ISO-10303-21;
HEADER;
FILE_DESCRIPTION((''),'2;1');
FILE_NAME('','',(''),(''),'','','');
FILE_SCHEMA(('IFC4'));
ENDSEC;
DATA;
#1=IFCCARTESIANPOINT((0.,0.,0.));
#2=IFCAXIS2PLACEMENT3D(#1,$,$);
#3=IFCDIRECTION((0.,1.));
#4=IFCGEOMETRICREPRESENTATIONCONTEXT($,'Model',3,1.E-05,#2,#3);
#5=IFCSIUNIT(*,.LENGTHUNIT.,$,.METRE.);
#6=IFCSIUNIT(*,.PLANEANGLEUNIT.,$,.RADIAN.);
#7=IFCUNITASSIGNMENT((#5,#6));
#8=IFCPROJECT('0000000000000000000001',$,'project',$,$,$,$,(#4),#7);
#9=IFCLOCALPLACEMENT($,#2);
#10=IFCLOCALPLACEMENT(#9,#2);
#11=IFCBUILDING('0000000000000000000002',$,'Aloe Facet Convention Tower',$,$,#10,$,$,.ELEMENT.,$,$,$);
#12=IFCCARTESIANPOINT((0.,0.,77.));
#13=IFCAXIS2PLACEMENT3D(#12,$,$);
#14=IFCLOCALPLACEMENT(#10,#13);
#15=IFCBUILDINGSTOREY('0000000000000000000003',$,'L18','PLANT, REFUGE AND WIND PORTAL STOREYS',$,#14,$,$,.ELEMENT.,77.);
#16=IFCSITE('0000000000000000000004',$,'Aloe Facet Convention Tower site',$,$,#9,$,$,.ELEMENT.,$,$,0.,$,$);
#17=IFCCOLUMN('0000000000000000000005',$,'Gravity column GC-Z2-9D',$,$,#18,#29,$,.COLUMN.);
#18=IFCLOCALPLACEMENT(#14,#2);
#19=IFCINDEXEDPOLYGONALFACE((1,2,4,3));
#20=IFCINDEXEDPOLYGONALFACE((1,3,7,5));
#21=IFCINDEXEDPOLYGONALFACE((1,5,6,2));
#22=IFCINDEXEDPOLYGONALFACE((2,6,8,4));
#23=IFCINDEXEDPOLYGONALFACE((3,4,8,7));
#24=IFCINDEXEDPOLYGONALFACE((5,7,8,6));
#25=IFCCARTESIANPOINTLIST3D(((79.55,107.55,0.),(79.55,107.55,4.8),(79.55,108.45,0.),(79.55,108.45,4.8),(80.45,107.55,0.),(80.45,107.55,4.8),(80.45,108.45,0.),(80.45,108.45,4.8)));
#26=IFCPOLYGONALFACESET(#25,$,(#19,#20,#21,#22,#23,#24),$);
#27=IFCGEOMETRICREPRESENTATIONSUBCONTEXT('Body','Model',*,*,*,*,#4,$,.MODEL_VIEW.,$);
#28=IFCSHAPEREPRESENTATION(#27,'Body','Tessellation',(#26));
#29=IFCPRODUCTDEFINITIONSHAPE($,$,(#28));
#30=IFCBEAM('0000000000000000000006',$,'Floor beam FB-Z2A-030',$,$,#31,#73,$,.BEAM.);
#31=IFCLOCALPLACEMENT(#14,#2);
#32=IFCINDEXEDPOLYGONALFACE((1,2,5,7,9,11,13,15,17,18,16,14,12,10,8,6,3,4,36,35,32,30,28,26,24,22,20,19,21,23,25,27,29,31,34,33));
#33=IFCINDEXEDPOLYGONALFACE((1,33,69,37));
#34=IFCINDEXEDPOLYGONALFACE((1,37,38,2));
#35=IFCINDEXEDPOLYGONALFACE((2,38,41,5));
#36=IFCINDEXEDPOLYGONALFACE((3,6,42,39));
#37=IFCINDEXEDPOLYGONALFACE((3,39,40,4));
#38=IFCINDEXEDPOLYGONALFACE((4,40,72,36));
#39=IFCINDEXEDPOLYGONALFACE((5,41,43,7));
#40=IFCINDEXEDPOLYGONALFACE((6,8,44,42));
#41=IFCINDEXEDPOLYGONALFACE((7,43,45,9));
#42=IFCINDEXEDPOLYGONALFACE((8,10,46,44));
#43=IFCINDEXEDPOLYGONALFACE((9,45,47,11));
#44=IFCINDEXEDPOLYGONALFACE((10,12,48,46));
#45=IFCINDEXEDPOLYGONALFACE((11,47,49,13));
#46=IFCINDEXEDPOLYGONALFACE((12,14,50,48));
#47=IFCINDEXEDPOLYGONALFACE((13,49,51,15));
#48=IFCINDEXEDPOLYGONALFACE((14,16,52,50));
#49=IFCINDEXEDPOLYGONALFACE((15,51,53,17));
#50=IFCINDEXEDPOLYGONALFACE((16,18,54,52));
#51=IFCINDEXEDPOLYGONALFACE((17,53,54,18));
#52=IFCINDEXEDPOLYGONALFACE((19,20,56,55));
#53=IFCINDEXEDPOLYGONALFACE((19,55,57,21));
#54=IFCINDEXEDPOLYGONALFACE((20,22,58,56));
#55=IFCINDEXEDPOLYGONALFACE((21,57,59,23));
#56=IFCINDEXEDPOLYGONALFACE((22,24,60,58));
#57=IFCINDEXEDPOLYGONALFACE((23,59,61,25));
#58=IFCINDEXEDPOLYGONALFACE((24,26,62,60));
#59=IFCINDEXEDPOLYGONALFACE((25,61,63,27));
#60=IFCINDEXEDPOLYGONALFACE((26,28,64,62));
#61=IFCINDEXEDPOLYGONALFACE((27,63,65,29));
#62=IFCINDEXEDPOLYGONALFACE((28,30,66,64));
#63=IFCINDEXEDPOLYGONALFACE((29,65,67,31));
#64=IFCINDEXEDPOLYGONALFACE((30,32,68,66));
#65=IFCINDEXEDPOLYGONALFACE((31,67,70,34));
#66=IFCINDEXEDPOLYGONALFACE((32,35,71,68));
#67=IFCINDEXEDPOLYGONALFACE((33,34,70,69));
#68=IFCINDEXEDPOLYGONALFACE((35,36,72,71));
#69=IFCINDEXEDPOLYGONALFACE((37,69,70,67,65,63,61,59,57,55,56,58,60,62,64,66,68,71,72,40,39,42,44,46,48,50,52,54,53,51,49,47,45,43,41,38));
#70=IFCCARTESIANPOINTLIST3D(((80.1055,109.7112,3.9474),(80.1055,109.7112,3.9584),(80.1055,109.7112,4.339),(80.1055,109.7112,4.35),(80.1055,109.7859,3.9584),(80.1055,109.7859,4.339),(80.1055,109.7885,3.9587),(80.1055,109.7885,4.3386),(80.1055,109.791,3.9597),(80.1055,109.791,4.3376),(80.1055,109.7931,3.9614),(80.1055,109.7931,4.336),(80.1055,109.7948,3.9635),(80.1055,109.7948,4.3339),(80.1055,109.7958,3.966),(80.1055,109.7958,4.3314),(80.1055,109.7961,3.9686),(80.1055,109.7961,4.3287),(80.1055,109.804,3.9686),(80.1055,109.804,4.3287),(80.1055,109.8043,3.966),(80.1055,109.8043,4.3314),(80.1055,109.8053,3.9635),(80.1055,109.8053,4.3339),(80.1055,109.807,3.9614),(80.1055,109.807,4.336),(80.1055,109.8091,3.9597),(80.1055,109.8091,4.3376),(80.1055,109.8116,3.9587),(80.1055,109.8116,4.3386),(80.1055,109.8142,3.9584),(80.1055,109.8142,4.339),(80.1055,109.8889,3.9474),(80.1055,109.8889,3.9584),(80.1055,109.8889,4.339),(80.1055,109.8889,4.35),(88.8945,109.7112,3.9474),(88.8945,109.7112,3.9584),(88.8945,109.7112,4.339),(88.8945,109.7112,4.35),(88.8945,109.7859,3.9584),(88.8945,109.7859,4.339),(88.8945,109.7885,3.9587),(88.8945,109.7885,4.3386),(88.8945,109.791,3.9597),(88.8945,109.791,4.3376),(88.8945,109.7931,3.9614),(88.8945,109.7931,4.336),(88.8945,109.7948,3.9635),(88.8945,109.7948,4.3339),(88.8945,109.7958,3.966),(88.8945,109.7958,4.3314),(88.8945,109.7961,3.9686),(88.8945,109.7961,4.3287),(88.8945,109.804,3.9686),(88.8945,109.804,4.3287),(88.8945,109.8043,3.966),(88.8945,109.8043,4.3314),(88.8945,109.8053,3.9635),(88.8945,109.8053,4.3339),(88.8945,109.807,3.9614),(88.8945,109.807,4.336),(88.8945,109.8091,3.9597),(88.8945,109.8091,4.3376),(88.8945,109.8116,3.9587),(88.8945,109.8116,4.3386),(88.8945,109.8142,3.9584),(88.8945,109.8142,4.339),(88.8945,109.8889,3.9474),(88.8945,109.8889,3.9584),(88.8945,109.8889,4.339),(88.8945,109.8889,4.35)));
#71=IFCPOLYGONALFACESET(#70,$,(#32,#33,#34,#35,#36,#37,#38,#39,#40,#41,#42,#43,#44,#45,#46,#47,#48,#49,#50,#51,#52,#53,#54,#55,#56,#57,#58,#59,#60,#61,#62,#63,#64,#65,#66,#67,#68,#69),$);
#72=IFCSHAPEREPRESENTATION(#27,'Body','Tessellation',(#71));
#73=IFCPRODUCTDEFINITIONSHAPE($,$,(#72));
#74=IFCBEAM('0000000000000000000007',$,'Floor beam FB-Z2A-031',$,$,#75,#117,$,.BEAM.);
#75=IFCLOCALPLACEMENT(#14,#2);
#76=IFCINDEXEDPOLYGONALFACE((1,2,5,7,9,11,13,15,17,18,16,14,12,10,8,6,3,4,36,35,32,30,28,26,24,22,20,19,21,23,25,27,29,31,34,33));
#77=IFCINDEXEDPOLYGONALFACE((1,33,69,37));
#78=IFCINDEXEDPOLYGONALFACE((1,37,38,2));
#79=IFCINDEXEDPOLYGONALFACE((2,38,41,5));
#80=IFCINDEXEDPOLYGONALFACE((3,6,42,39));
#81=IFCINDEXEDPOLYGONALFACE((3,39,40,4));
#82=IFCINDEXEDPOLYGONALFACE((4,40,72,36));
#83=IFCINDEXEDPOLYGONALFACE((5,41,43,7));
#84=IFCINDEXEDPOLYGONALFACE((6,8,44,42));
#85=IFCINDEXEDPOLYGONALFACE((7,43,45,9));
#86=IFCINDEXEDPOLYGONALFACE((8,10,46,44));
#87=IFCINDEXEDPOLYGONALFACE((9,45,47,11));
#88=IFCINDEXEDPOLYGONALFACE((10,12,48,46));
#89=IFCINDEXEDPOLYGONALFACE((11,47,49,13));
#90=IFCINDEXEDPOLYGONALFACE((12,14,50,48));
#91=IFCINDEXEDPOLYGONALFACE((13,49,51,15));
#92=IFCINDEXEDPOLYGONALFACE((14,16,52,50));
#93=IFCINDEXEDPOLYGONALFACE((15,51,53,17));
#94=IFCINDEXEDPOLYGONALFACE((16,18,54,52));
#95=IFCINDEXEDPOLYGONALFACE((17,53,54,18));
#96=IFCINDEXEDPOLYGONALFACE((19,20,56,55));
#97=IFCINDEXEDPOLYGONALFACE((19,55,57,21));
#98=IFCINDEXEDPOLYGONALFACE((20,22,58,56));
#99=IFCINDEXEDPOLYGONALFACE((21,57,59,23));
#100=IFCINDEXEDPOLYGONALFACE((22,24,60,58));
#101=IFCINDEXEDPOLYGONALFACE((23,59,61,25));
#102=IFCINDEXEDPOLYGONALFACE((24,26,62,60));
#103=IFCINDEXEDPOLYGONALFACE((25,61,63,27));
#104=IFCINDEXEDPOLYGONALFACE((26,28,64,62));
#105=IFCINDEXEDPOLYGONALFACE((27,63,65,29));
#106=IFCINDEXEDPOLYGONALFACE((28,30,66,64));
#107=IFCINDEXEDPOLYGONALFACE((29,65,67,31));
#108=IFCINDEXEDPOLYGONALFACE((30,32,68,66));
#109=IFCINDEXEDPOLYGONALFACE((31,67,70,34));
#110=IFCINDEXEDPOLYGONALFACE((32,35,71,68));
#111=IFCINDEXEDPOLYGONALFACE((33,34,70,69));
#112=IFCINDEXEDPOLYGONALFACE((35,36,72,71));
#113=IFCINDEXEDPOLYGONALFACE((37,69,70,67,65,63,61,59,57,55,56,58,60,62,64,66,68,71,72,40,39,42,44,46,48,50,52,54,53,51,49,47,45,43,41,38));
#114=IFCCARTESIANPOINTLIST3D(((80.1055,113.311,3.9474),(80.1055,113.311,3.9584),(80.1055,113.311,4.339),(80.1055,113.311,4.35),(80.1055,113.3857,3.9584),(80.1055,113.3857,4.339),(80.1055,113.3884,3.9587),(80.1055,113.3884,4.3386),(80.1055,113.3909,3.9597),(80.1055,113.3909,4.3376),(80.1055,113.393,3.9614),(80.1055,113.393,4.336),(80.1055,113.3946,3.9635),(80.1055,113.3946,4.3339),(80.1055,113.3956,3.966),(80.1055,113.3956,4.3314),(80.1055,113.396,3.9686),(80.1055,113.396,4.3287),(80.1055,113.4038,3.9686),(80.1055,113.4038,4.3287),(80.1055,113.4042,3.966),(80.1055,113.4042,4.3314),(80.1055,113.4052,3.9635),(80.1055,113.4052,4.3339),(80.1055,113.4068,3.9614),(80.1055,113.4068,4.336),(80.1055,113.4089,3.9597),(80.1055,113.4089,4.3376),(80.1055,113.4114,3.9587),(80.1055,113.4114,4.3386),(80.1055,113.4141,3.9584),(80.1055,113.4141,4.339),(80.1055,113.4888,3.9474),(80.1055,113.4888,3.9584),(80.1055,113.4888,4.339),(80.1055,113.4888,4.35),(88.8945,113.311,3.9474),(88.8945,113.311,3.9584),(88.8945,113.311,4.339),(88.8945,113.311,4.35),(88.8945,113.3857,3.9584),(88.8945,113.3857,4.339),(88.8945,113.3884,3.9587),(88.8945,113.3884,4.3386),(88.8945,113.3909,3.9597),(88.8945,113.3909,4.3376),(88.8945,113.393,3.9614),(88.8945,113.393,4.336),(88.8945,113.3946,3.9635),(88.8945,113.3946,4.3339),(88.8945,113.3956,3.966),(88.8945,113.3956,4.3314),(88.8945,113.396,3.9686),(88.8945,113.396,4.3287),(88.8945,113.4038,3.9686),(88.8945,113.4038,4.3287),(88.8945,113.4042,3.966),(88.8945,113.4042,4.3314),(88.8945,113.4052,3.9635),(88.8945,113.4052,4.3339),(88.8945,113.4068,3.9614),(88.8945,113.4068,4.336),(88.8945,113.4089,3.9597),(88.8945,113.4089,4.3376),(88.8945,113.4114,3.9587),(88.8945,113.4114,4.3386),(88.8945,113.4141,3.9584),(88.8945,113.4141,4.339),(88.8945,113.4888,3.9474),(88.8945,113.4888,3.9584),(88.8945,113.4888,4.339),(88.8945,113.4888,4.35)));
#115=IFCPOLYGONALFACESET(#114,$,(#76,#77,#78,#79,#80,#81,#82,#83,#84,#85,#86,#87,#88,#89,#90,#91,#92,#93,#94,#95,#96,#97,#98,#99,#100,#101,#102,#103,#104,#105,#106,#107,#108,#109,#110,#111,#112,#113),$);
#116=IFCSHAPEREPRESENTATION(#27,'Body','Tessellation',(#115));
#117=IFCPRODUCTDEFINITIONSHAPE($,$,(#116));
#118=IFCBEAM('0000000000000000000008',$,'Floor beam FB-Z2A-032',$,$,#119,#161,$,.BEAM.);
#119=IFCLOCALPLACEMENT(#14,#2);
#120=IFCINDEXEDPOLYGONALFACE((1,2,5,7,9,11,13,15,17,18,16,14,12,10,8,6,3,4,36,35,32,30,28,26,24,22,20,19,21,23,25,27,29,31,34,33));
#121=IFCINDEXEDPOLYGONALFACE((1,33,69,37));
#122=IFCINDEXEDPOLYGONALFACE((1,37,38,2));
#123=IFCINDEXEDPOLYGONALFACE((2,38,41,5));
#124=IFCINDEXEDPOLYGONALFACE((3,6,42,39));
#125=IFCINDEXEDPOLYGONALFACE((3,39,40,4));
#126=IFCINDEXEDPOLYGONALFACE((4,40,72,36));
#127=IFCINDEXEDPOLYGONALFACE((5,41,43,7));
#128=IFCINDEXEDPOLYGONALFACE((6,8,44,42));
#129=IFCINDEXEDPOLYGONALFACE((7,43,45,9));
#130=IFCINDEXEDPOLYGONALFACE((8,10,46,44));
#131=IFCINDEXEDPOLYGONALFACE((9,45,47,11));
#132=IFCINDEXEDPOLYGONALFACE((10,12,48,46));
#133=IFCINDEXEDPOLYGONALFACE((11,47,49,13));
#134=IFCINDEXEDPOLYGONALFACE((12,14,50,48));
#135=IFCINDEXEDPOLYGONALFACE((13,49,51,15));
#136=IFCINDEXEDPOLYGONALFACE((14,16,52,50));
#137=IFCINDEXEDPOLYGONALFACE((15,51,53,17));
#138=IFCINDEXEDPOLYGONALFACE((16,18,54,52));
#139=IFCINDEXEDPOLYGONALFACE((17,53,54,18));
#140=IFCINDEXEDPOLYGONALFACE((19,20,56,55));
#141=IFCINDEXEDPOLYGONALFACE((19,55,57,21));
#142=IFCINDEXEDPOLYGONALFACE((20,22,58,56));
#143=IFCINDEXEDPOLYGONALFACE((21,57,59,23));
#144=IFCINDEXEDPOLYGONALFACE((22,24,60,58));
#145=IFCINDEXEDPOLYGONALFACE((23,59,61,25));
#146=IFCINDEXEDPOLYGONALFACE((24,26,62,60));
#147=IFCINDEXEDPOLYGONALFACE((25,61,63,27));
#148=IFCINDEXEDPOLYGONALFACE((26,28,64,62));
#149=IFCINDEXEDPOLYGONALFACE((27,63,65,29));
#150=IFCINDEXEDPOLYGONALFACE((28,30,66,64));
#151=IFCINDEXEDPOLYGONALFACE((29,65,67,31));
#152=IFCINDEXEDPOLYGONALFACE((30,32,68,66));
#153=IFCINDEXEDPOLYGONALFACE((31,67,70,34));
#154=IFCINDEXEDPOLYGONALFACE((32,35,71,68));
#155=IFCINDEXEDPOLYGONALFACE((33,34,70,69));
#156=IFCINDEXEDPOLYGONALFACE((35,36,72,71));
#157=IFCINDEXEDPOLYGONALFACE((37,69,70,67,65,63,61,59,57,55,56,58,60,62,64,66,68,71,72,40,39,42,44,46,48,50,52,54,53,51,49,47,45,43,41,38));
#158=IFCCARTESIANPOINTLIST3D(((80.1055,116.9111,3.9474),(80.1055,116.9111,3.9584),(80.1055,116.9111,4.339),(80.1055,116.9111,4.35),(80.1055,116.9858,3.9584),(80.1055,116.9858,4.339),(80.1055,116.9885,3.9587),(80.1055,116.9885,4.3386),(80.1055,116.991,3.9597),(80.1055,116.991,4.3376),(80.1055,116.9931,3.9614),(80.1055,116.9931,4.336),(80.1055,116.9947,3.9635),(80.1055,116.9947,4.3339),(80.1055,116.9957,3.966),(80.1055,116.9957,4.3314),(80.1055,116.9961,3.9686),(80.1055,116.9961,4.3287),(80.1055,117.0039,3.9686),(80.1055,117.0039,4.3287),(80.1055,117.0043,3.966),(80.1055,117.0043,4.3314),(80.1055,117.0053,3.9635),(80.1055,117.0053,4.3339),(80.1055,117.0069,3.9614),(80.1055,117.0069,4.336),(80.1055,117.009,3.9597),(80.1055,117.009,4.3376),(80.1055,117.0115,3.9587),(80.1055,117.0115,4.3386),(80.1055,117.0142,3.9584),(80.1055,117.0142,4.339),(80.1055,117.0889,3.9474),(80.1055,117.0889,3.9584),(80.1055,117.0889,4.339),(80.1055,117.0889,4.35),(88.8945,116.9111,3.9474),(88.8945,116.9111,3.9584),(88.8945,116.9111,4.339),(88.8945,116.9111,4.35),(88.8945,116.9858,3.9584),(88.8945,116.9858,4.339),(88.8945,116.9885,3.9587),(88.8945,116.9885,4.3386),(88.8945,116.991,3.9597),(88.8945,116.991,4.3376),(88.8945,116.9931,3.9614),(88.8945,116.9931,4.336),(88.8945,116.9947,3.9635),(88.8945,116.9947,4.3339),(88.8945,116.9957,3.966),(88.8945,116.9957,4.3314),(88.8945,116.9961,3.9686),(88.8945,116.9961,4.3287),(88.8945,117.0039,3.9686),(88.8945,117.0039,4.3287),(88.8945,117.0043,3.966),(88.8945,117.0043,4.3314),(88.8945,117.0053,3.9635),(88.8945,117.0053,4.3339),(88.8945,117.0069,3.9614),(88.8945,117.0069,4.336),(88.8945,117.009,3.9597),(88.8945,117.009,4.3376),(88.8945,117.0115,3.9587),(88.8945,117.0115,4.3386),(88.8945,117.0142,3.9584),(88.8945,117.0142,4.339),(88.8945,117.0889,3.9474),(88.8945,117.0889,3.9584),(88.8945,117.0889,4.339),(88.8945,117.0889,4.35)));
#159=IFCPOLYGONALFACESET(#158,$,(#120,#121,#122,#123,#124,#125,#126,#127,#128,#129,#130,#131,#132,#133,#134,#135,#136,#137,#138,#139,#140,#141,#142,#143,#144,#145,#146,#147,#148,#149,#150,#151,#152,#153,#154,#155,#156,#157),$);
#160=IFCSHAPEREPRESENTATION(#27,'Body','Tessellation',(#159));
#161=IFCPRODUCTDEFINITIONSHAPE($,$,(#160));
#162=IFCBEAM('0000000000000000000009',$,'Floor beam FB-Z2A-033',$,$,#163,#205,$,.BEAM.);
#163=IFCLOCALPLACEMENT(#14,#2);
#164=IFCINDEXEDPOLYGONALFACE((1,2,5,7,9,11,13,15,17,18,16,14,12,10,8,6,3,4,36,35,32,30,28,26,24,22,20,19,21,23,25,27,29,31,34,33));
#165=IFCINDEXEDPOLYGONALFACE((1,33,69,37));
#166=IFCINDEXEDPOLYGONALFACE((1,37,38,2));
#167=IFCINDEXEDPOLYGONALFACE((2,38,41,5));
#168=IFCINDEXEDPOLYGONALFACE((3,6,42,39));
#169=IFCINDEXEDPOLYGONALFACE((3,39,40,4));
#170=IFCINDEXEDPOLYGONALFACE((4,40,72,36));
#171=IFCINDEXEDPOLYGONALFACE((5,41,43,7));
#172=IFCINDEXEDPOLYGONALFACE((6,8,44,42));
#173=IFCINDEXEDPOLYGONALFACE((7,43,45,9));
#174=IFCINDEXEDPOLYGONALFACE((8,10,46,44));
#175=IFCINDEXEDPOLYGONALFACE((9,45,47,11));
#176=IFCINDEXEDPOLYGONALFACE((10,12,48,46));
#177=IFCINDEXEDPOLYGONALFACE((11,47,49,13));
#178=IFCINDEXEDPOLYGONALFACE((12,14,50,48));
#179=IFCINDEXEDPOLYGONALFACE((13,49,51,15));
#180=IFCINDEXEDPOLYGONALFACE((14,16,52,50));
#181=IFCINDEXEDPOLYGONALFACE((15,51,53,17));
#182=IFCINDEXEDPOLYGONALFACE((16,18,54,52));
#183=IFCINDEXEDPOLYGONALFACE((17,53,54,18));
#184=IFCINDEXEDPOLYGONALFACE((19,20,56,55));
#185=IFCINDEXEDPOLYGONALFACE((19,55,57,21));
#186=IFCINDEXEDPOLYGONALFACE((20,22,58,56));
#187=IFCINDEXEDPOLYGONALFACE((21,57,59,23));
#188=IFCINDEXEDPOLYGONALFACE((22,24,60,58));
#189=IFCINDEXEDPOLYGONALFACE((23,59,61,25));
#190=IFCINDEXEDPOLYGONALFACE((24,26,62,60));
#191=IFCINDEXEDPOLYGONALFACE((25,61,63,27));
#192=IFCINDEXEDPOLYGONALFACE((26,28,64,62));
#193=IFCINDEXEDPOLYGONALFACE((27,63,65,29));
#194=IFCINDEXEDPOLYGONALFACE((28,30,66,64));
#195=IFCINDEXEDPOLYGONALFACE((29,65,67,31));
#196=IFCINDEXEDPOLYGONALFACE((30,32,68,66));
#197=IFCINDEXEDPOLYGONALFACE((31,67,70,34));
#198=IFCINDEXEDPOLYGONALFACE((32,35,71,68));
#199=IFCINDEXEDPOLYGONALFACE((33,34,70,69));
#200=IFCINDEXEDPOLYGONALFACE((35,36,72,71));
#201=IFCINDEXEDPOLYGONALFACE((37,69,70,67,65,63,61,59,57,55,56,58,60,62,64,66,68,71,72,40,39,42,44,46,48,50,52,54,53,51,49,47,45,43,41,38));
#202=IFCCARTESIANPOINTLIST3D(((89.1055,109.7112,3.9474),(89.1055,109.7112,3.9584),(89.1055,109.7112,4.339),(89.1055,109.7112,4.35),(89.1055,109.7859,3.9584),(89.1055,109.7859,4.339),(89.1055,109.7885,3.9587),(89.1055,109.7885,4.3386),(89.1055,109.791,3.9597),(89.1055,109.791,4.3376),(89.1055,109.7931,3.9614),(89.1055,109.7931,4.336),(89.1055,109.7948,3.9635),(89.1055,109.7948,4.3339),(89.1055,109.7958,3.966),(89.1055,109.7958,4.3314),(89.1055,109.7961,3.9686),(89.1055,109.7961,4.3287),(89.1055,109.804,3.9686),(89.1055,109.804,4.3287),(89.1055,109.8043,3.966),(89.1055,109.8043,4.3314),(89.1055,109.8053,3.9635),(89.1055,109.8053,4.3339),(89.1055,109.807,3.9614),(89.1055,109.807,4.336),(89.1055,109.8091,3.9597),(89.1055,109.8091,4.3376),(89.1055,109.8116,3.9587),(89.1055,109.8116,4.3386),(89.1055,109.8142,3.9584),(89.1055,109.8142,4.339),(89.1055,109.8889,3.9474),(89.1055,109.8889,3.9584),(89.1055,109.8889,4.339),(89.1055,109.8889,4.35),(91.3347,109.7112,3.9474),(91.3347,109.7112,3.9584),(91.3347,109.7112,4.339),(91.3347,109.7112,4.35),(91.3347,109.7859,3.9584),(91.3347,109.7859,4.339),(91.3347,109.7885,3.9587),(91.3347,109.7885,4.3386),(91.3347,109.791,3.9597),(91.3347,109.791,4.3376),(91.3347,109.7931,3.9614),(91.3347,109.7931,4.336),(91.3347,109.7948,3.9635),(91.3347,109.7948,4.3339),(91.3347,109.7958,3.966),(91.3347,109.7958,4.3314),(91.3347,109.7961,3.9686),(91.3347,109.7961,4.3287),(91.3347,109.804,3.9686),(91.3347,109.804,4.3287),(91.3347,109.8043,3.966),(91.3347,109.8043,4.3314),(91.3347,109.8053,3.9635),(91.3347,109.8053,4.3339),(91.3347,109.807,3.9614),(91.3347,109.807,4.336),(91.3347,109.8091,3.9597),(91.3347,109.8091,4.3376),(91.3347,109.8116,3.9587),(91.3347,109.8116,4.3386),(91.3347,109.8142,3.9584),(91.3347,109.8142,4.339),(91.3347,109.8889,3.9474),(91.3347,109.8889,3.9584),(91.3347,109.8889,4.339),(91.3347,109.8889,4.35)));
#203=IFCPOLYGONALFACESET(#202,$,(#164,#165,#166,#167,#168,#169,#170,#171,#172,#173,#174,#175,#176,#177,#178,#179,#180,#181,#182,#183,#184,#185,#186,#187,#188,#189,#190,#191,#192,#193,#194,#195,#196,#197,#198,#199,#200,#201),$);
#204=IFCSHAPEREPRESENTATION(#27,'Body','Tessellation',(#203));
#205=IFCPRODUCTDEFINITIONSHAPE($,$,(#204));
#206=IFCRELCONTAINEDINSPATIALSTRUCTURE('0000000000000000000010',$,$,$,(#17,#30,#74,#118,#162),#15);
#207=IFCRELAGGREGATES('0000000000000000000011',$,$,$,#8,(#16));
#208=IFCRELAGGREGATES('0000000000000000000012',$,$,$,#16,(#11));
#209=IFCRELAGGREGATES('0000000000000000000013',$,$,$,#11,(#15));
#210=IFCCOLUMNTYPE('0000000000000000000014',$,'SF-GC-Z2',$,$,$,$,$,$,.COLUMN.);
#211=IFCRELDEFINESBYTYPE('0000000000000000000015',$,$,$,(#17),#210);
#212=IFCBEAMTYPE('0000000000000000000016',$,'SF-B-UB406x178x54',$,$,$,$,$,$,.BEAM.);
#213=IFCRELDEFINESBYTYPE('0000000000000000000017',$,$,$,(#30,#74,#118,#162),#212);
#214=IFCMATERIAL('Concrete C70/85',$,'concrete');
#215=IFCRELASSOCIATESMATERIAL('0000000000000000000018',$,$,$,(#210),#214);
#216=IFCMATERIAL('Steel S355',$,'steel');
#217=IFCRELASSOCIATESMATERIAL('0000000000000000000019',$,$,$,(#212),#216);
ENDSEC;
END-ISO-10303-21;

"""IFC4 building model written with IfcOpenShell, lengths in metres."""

from ifc_helpers import new_model, si_unit, direction, frame, origin, origin_2d, place, context, subcontext, project, spatial, rectangle, i_section, extrude, material, material_profile, profile_set, type_object, element, save


model = new_model("IFC4")

# Units and contexts
model_context = context("Model", 3, precision=1e-05, world=origin(), true_north=direction((0.0, 1.0)))
body_context = subcontext(model_context, "Body", "Model", "MODEL_VIEW")
ifc_project = project(units=[si_unit("LENGTHUNIT", "METRE"), si_unit("PLANEANGLEUNIT", "RADIAN")], contexts=[model_context])

# Site, building, storey
site_placement = place(None, origin())
site = spatial("IfcSite", under=ifc_project, at=site_placement, Name="Aloe Facet Convention Tower site", CompositionType="ELEMENT", RefElevation=0.0)
building_placement = place(site_placement, origin())
building = spatial("IfcBuilding", under=site, at=building_placement, Name="Aloe Facet Convention Tower", CompositionType="ELEMENT")
storey_placement = place(building_placement, frame((0.0, 0.0, 77.0)))
storey = spatial("IfcBuildingStorey", under=building, at=storey_placement, Name="L18", Description="PLANT, REFUGE AND WIND PORTAL STOREYS", CompositionType="ELEMENT", Elevation=77.0)

# Column
ifc_material_1 = material(Name="Concrete C70/85", Category="concrete")
ifc_material_profile_1 = material_profile(ifc_material_1, rectangle(XDim=0.8999, YDim=0.8999, at=origin_2d()), Name="SF-GC-Z2")
ifc_profile_set_1 = profile_set([ifc_material_profile_1], Name="Concrete C70/85")
column_type = type_object("IfcColumnType", Name="SF-GC-Z2", PredefinedType="COLUMN", material=ifc_profile_set_1)
column_placement = place(storey_placement, frame((80.0, 108.0, 0.0), z_axis=(0.0, 0.0, 1.0), x_axis=(1.0, 0.0, 0.0)))
element("IfcColumn", 1, at=column_placement, inside=storey, type_object=column_type, Name="Gravity column GC-Z2-9D", PredefinedType="COLUMN", context=body_context, shape_type="SweptSolid", body=[
    extrude(rectangle(XDim=0.8999, YDim=0.8999, at=origin_2d()), origin(), (0.0, 0.0, 1.0), 4.8),
])

# Beams
ifc_material_2 = material(Name="Steel S355", Category="steel")
ifc_material_profile_2 = material_profile(ifc_material_2, i_section(OverallWidth=0.1777, OverallDepth=0.4026, WebThickness=0.0078, FlangeThickness=0.011, FilletRadius=0.0103, at=origin_2d()), Name="UB 406x178x54")
ifc_profile_set_2 = profile_set([ifc_material_profile_2], Name="Steel S355")
beam_type_1 = type_object("IfcBeamType", Name="SF-B-UB406x178x54", PredefinedType="BEAM", material=ifc_profile_set_2)
for number, where, z_axis, x_axis, name in (
    (2, (80.1055, 109.8, 4.1487), (1.0, 0.0, 0.0), (0.0, 1.0, 0.0), "Floor beam FB-Z2A-030"),
    (3, (80.1055, 113.3999, 4.1487), (1.0, 0.0, 0.0), (0.0, 1.0, 0.0), "Floor beam FB-Z2A-031"),
    (4, (80.1055, 117.0, 4.1487), (1.0, 0.0, 0.0), (0.0, 1.0, 0.0), "Floor beam FB-Z2A-032"),
):
    element("IfcBeam", number, at=place(storey_placement, frame(where, z_axis=z_axis, x_axis=x_axis)), inside=storey, type_object=beam_type_1, Name=name, PredefinedType="BEAM", context=body_context, shape_type="SweptSolid", body=[
        extrude(i_section(OverallWidth=0.1777, OverallDepth=0.4026, WebThickness=0.0078, FlangeThickness=0.011, FilletRadius=0.0103, at=origin_2d()), origin(), (0.0, 0.0, 1.0), 8.7891),
    ])
beam_1_placement = place(storey_placement, frame((89.1055, 109.8, 4.1487), z_axis=(1.0, 0.0, 0.0), x_axis=(0.0, 1.0, 0.0)))
element("IfcBeam", 5, at=beam_1_placement, inside=storey, type_object=beam_type_1, Name="Floor beam FB-Z2A-033", PredefinedType="BEAM", context=body_context, shape_type="SweptSolid", body=[
    extrude(i_section(OverallWidth=0.1777, OverallDepth=0.4026, WebThickness=0.0078, FlangeThickness=0.011, FilletRadius=0.0103, at=origin_2d()), origin(), (0.0, 0.0, 1.0), 2.2292),
])

save(model, "model.ifc")
